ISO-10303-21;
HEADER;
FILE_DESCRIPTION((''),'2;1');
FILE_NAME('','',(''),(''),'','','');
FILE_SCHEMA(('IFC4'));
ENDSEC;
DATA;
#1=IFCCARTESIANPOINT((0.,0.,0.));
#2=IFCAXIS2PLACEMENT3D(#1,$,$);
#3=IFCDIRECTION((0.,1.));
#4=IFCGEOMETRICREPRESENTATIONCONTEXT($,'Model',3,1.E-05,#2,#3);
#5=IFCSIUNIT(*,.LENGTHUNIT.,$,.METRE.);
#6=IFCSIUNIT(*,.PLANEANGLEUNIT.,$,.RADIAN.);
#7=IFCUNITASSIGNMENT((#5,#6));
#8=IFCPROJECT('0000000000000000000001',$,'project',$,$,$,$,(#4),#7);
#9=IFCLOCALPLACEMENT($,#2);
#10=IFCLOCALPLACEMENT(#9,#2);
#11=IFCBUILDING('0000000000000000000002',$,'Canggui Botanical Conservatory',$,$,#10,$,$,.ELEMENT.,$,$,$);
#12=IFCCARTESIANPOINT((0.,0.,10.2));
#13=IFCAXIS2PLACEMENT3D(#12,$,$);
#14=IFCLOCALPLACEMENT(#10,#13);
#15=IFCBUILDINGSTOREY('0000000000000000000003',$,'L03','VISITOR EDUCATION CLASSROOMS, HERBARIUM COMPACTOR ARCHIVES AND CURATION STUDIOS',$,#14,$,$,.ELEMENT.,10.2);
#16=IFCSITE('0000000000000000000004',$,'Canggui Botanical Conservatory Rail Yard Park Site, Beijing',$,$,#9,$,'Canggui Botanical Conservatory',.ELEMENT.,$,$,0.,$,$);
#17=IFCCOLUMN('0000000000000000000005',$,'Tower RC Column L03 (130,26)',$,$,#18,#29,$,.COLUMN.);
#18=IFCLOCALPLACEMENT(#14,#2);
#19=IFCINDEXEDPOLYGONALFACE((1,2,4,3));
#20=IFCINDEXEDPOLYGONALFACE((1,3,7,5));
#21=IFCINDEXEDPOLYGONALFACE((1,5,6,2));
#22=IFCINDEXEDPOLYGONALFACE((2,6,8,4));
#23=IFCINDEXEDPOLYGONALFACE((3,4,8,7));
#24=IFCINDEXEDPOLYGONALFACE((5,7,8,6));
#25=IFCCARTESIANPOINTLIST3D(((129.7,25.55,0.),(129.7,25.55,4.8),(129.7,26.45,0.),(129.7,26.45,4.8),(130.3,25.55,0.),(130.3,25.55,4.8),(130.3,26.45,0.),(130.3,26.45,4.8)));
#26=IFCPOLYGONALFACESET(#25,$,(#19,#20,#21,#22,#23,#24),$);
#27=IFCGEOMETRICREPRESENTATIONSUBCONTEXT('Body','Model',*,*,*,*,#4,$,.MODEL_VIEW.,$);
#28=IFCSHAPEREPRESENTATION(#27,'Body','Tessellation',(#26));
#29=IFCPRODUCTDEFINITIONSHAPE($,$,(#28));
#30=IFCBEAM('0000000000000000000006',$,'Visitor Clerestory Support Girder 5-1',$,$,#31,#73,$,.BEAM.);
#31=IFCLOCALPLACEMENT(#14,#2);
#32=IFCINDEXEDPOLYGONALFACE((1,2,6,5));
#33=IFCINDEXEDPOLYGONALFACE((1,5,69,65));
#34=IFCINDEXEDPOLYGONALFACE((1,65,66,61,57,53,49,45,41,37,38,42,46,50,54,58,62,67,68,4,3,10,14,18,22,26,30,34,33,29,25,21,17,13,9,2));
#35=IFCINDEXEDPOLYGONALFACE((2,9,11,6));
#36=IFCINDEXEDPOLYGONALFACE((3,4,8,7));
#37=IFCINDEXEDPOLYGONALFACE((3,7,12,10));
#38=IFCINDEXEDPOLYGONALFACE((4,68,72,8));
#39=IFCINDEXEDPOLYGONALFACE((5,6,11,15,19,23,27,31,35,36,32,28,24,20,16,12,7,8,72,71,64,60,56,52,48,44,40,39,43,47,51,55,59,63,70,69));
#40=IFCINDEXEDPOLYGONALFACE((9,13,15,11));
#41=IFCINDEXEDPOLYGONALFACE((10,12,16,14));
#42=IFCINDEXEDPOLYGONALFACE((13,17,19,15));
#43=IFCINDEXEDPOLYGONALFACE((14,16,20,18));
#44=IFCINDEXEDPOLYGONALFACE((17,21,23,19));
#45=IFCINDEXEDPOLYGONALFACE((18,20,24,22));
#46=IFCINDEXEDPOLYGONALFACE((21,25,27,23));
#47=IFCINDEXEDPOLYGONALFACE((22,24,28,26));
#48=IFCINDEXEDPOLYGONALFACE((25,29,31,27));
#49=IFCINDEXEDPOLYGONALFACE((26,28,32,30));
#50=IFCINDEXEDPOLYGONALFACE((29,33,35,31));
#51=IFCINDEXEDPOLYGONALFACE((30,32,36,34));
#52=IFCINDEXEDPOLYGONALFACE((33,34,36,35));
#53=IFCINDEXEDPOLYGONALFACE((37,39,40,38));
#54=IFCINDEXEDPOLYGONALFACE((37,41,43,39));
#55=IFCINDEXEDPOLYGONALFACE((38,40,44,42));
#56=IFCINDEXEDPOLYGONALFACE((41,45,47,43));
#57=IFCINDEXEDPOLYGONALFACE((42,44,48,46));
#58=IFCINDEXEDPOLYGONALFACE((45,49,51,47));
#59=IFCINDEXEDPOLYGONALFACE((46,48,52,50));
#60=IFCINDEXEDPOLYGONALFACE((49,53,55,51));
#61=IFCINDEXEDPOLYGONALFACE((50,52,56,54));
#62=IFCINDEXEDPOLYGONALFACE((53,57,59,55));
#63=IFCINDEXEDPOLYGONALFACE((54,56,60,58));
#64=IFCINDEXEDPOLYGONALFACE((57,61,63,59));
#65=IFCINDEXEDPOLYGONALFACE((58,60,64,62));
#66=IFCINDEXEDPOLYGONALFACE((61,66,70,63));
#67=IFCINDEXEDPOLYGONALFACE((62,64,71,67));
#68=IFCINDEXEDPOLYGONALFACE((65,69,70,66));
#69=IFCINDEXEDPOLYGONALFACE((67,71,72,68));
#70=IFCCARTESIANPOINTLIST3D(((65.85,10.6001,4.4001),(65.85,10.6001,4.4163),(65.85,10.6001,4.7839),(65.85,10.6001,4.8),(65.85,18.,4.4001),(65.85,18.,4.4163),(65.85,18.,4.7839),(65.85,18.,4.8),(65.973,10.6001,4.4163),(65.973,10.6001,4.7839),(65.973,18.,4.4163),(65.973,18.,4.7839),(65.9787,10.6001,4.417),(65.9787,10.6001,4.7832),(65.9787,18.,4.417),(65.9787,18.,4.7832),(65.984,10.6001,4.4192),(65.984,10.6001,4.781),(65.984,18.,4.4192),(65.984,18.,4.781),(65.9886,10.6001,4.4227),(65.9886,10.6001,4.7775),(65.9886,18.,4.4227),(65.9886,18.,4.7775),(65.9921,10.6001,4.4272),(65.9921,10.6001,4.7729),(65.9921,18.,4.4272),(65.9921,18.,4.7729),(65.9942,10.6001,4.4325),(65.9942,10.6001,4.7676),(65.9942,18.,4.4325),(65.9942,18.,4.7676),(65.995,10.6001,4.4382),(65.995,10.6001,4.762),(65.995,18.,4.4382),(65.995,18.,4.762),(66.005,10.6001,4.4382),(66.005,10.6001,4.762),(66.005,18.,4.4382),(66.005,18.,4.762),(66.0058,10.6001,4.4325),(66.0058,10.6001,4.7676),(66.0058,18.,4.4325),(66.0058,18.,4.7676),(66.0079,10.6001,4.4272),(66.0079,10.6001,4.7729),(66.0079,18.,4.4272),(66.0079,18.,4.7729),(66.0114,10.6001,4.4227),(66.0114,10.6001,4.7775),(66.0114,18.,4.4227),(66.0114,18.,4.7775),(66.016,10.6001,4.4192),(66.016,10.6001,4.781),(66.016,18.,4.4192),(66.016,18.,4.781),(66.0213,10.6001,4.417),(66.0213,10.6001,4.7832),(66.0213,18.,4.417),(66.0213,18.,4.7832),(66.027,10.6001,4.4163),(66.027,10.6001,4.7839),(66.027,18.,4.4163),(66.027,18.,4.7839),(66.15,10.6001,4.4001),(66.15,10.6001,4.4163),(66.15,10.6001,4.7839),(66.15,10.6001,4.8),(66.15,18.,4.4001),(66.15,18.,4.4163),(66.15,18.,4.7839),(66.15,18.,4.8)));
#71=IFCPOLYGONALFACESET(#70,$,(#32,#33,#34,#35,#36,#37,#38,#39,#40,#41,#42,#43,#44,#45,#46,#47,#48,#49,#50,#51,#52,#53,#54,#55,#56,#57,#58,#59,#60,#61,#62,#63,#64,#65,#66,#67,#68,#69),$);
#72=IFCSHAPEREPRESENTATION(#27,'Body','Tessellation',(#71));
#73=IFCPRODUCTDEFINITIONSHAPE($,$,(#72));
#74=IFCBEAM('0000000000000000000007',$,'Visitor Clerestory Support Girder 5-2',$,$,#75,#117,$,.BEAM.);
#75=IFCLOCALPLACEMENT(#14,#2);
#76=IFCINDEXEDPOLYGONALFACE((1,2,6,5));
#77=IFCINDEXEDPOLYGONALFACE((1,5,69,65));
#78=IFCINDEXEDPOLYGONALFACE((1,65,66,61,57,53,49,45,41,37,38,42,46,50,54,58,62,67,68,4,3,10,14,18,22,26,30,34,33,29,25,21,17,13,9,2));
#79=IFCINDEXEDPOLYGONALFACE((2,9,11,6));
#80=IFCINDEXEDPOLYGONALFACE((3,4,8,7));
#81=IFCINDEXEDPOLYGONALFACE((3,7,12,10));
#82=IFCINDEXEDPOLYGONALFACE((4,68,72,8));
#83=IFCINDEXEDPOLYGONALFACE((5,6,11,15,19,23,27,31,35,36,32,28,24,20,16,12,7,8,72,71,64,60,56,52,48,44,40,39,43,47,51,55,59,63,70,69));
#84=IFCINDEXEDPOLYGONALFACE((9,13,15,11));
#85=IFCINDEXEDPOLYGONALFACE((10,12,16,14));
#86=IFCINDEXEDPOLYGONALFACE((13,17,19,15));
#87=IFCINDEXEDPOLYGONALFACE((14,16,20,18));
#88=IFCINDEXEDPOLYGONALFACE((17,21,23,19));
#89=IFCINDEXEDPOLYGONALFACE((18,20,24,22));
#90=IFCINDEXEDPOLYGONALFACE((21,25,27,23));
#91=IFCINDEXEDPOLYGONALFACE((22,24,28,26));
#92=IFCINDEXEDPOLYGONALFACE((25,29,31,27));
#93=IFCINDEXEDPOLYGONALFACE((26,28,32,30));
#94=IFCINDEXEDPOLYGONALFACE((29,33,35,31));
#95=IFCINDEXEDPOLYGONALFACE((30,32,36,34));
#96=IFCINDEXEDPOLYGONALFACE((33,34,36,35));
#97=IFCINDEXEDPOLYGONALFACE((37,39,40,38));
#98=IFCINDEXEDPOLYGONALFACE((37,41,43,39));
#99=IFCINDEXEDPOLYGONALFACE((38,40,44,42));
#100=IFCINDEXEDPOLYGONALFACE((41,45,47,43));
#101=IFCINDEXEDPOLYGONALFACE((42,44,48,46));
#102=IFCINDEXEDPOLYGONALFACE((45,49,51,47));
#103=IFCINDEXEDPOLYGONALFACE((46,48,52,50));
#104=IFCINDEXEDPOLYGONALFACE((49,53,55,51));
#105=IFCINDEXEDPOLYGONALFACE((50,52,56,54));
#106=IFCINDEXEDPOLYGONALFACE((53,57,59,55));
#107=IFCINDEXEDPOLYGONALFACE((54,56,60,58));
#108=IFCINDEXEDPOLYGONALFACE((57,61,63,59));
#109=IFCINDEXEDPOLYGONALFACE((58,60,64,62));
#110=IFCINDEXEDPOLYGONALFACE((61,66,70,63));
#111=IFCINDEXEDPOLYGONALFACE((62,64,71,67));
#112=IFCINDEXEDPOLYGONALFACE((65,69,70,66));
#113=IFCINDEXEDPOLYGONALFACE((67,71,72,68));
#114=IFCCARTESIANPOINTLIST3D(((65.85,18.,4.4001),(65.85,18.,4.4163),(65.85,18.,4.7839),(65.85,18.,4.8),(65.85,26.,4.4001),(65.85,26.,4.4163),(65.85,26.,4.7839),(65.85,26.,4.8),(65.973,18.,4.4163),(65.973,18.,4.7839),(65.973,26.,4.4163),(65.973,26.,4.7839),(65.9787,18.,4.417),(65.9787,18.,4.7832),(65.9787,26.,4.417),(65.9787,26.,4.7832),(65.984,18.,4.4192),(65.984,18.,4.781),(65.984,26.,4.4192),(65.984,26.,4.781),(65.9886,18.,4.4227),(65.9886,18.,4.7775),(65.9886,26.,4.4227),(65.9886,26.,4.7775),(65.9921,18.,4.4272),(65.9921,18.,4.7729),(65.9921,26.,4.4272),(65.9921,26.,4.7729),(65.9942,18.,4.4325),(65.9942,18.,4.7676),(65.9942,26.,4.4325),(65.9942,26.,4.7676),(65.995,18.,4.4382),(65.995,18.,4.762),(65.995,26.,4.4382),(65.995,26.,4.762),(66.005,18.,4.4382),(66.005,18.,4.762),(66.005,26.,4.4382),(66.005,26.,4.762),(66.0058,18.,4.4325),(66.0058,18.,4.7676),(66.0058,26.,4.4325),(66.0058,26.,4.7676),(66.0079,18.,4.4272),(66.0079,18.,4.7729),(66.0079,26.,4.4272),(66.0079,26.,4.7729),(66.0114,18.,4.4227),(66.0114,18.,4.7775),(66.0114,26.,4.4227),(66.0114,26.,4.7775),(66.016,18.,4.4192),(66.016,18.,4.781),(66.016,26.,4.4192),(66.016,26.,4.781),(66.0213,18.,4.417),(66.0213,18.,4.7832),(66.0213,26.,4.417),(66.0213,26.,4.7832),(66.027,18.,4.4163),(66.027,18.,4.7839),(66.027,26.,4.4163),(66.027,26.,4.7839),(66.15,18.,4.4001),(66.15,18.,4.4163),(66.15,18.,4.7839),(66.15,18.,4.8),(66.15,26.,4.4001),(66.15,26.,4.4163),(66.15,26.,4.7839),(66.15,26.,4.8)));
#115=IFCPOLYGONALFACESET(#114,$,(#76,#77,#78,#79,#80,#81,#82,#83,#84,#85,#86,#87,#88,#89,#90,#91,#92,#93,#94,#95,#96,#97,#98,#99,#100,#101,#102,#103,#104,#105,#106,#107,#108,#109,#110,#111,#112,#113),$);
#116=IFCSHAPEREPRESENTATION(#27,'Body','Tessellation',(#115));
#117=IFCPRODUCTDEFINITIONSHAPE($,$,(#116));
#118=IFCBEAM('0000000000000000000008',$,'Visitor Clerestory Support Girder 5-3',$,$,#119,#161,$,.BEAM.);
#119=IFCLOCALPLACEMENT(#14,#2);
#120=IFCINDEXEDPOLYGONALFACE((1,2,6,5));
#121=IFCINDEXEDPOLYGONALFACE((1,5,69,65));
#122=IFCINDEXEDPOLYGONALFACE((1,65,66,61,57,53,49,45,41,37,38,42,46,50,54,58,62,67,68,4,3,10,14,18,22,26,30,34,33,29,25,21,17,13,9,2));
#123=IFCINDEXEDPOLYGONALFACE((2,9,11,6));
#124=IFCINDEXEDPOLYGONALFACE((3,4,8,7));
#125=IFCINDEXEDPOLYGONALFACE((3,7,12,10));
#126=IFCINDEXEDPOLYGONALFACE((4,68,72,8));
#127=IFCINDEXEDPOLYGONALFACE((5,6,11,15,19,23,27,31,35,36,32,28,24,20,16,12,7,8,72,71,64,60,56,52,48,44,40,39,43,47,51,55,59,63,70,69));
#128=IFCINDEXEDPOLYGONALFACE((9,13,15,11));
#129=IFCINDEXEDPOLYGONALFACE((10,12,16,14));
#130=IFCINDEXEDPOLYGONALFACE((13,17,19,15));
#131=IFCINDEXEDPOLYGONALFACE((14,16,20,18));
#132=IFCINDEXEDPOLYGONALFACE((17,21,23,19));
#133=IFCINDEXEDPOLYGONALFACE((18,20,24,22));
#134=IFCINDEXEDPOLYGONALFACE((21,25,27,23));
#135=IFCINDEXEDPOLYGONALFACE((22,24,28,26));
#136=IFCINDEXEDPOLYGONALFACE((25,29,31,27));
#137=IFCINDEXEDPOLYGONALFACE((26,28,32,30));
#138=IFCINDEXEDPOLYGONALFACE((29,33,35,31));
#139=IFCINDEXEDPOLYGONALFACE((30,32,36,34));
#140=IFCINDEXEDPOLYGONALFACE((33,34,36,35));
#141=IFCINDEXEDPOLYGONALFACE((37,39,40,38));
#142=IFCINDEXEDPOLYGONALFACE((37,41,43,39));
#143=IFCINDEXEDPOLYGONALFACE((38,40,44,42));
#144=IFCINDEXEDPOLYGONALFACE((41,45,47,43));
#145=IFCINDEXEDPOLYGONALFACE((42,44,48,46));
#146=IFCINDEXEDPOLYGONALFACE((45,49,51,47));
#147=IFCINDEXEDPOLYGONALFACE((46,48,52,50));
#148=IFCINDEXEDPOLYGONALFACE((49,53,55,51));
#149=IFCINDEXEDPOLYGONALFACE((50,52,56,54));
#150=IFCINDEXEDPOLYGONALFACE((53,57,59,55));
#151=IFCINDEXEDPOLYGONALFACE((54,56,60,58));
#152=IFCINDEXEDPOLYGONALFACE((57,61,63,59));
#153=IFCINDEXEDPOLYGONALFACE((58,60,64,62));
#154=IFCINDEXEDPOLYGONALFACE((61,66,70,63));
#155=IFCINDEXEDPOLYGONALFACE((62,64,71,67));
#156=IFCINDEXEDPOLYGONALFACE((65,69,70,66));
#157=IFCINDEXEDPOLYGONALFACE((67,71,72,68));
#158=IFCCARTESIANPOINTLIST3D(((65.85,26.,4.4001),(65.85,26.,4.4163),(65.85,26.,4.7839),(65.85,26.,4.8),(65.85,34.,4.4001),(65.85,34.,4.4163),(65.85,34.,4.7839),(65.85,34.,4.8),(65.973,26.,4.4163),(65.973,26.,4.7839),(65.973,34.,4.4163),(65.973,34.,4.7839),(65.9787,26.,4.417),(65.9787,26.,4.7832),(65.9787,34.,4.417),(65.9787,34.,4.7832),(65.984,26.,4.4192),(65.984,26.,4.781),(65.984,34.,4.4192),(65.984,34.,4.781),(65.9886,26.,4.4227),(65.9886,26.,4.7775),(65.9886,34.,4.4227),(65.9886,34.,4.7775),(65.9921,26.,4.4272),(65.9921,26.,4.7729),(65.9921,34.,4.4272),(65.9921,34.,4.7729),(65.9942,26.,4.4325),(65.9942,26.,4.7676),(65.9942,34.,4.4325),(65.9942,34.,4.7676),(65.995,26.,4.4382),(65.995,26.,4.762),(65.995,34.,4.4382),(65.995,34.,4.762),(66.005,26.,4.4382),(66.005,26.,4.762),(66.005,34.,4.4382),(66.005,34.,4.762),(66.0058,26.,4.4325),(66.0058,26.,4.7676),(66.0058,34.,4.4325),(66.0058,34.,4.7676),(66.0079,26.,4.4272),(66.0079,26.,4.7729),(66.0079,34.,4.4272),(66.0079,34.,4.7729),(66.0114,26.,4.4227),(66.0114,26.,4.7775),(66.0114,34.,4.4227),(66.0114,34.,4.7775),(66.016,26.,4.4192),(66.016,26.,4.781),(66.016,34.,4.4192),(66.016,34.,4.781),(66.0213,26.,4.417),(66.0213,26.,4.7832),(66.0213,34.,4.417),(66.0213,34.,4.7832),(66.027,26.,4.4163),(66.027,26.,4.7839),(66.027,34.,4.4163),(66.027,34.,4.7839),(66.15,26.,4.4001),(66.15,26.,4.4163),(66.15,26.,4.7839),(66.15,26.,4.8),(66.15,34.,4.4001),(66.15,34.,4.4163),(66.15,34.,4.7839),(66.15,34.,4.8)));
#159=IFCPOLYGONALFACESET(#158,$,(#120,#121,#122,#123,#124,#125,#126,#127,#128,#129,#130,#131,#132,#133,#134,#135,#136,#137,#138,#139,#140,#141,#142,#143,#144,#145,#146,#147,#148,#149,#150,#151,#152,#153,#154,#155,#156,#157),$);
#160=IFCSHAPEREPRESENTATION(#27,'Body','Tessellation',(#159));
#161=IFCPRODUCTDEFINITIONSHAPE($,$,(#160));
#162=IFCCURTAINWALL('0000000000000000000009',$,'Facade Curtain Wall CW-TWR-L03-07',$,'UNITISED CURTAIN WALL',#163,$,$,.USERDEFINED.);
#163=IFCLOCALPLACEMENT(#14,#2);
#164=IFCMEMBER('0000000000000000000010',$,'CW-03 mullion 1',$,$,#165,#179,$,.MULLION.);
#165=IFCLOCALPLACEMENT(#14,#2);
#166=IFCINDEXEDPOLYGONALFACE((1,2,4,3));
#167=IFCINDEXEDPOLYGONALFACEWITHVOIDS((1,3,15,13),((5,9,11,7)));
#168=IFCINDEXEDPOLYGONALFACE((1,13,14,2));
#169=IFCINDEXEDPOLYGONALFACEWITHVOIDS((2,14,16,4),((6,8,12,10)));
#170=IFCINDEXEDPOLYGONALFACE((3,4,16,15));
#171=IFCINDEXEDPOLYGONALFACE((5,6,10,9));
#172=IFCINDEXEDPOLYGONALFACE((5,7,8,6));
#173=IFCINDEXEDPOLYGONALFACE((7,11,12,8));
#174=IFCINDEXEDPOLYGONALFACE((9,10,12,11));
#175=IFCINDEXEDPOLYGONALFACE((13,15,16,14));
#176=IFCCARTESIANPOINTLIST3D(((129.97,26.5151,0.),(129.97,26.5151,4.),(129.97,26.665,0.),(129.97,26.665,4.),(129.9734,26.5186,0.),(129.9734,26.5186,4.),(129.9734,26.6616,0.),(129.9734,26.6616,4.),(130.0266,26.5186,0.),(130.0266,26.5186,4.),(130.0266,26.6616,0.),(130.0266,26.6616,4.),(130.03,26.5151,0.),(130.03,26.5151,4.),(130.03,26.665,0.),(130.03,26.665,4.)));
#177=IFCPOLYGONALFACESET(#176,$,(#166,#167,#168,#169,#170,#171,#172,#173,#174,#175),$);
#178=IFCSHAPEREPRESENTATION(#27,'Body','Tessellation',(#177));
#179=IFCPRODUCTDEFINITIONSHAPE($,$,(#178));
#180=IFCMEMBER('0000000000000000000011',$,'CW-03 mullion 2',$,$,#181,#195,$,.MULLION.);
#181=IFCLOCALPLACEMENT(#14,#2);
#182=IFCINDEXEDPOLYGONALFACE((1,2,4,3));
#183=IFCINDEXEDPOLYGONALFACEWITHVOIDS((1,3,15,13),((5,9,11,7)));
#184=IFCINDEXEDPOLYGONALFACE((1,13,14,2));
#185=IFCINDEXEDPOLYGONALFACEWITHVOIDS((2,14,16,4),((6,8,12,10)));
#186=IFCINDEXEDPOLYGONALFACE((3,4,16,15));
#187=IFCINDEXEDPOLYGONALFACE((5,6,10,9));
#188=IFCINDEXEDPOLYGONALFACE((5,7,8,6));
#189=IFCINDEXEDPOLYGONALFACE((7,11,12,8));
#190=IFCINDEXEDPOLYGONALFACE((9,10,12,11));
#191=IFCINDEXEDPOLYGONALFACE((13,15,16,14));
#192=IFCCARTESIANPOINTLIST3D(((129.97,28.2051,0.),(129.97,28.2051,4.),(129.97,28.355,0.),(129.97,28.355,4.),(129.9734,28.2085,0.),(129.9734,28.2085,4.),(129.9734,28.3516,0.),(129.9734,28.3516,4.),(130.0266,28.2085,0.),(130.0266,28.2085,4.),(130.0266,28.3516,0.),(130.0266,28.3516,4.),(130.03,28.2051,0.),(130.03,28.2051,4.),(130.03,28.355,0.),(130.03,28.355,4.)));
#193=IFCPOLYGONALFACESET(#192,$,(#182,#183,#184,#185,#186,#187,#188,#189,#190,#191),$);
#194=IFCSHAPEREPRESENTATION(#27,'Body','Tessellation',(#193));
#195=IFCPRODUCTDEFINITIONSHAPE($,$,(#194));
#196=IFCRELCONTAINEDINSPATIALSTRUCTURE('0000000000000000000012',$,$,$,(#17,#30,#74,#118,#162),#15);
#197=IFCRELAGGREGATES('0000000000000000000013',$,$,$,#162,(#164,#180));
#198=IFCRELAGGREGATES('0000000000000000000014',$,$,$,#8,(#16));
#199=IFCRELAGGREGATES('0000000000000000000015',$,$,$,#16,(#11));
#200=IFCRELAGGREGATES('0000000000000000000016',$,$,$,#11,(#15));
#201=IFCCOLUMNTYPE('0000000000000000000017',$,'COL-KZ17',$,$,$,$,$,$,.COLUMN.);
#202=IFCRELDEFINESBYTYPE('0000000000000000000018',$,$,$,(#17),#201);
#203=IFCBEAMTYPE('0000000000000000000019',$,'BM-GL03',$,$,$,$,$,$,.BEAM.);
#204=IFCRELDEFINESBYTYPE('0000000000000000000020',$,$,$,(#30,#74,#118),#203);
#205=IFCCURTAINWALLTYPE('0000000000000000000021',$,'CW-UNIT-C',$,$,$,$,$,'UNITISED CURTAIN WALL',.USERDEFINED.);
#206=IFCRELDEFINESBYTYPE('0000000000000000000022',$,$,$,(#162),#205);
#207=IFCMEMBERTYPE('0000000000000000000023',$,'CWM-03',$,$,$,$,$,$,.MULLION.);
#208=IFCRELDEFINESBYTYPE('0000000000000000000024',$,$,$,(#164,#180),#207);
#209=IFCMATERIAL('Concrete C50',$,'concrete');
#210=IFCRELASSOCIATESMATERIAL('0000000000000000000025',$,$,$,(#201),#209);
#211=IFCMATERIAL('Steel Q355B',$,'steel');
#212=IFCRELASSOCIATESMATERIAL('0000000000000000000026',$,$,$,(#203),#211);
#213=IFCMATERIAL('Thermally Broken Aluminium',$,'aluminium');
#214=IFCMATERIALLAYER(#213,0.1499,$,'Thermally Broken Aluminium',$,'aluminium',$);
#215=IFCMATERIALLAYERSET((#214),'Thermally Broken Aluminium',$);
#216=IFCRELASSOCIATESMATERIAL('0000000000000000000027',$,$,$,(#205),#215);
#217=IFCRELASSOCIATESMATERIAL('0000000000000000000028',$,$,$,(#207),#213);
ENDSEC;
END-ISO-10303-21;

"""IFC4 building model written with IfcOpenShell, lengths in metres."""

from ifc_helpers import new_model, si_unit, direction, frame, origin, origin_2d, place, context, subcontext, project, spatial, rectangle, hollow_rectangle, i_section, extrude, material, layer, layer_set, material_profile, profile_set, type_object, element, aggregate, save


model = new_model("IFC4")

# Units and contexts
model_context = context("Model", 3, precision=1e-05, world=origin(), true_north=direction((0.0, 1.0)))
body_context = subcontext(model_context, "Body", "Model", "MODEL_VIEW")
ifc_project = project(units=[si_unit("LENGTHUNIT", "METRE"), si_unit("PLANEANGLEUNIT", "RADIAN")], contexts=[model_context])

# Site, building, storey
site_placement = place(None, origin())
site = spatial("IfcSite", under=ifc_project, at=site_placement, Name="Canggui Botanical Conservatory Rail Yard Park Site, Beijing", LongName="Canggui Botanical Conservatory", CompositionType="ELEMENT", RefElevation=0.0)
building_placement = place(site_placement, origin())
building = spatial("IfcBuilding", under=site, at=building_placement, Name="Canggui Botanical Conservatory", CompositionType="ELEMENT")
storey_placement = place(building_placement, frame((0.0, 0.0, 10.2)))
storey = spatial("IfcBuildingStorey", under=building, at=storey_placement, Name="L03", Description="VISITOR EDUCATION CLASSROOMS, HERBARIUM COMPACTOR ARCHIVES AND CURATION STUDIOS", CompositionType="ELEMENT", Elevation=10.2)

# Column
ifc_material_1 = material(Name="Concrete C50", Category="concrete")
ifc_material_profile_1 = material_profile(ifc_material_1, rectangle(XDim=0.6001, YDim=0.8999, at=origin_2d()), Name="RC 600x900")
ifc_profile_set_1 = profile_set([ifc_material_profile_1], Name="Concrete C50")
column_type = type_object("IfcColumnType", Name="COL-KZ17", PredefinedType="COLUMN", material=ifc_profile_set_1)
column_placement = place(storey_placement, frame((130.0, 26.0, 0.0), z_axis=(0.0, 0.0, 1.0), x_axis=(1.0, 0.0, 0.0)))
element("IfcColumn", 1, at=column_placement, inside=storey, type_object=column_type, Name="Tower RC Column L03 (130,26)", PredefinedType="COLUMN", context=body_context, shape_type="SweptSolid", body=[
    extrude(rectangle(XDim=0.6001, YDim=0.8999, at=origin_2d()), origin(), (0.0, 0.0, 1.0), 4.8),
])

# Beams
ifc_material_2 = material(Name="Steel Q355B", Category="steel")
ifc_material_profile_2 = material_profile(ifc_material_2, i_section(OverallWidth=0.3, OverallDepth=0.3999, WebThickness=0.01, FlangeThickness=0.0161, FilletRadius=0.022, at=origin_2d()), Name="HM 400x300x10x16")
ifc_profile_set_2 = profile_set([ifc_material_profile_2], Name="Steel Q355B")
beam_type = type_object("IfcBeamType", Name="BM-GL03", PredefinedType="BEAM", material=ifc_profile_set_2)
beam_placement = place(storey_placement, frame((66.0, 10.6001, 4.6001), z_axis=(0.0, 1.0, 0.0), x_axis=(-1.0, 0.0, 0.0)))
element("IfcBeam", 2, at=beam_placement, inside=storey, type_object=beam_type, Name="Visitor Clerestory Support Girder 5-1", PredefinedType="BEAM", context=body_context, shape_type="SweptSolid", body=[
    extrude(i_section(OverallWidth=0.3, OverallDepth=0.3999, WebThickness=0.01, FlangeThickness=0.0161, FilletRadius=0.022, at=origin_2d()), origin(), (0.0, 0.0, 1.0), 7.3999),
])
for number, where, z_axis, x_axis, name in (
    (3, (66.0, 18.0, 4.6001), (0.0, 1.0, 0.0), (-1.0, 0.0, 0.0), "Visitor Clerestory Support Girder 5-2"),
    (4, (66.0, 26.0, 4.6001), (0.0, 1.0, 0.0), (-1.0, 0.0, 0.0), "Visitor Clerestory Support Girder 5-3"),
):
    element("IfcBeam", number, at=place(storey_placement, frame(where, z_axis=z_axis, x_axis=x_axis)), inside=storey, type_object=beam_type, Name=name, PredefinedType="BEAM", context=body_context, shape_type="SweptSolid", body=[
        extrude(i_section(OverallWidth=0.3, OverallDepth=0.3999, WebThickness=0.01, FlangeThickness=0.0161, FilletRadius=0.022, at=origin_2d()), origin(), (0.0, 0.0, 1.0), 8.0),
    ])

# Curtain wall, members
ifc_material_3 = material(Name="Thermally Broken Aluminium", Category="aluminium")
ifc_layer_1 = layer(ifc_material_3, 0.1499, Name="Thermally Broken Aluminium", Category="aluminium")
ifc_layer_set_1 = layer_set([ifc_layer_1], Name="Thermally Broken Aluminium")
curtain_wall_type_1 = type_object("IfcCurtainWallType", Name="CW-UNIT-C", ElementType="UNITISED CURTAIN WALL", PredefinedType="USERDEFINED", material=ifc_layer_set_1)
curtain_wall_1_placement = place(storey_placement, origin())
curtain_wall_1 = element("IfcCurtainWall", 5, at=curtain_wall_1_placement, inside=storey, type_object=curtain_wall_type_1, Name="Facade Curtain Wall CW-TWR-L03-07", ObjectType="UNITISED CURTAIN WALL", PredefinedType="USERDEFINED")
ifc_material_profile_3 = material_profile(ifc_material_3, hollow_rectangle(XDim=0.0601, YDim=0.1499, WallThickness=0.0034, at=origin_2d()), Name="CWM 60x150x3.5")
ifc_profile_set_3 = profile_set([ifc_material_profile_3], Name="Thermally Broken Aluminium")
member_type_1 = type_object("IfcMemberType", Name="CWM-03", PredefinedType="MULLION", material=ifc_profile_set_3)
member_1_placement = place(storey_placement, frame((130.0, 26.5901, 0.0), z_axis=(0.0, 0.0, 1.0), x_axis=(-1.0, 0.0, 0.0)))
member_1 = element("IfcMember", 6, at=member_1_placement, type_object=member_type_1, Name="CW-03 mullion 1", PredefinedType="MULLION", context=body_context, shape_type="SweptSolid", body=[
    extrude(hollow_rectangle(XDim=0.0601, YDim=0.1499, WallThickness=0.0034, at=origin_2d()), origin(), (0.0, 0.0, 1.0), 4.0),
])
member_2_placement = place(storey_placement, frame((130.0, 28.28, 0.0), z_axis=(0.0, 0.0, 1.0), x_axis=(-1.0, 0.0, 0.0)))
member_2 = element("IfcMember", 7, at=member_2_placement, type_object=member_type_1, Name="CW-03 mullion 2", PredefinedType="MULLION", context=body_context, shape_type="SweptSolid", body=[
    extrude(hollow_rectangle(XDim=0.0601, YDim=0.1499, WallThickness=0.0034, at=origin_2d()), origin(), (0.0, 0.0, 1.0), 4.0),
])
aggregate(curtain_wall_1, [member_1, member_2])

save(model, "model.ifc")
